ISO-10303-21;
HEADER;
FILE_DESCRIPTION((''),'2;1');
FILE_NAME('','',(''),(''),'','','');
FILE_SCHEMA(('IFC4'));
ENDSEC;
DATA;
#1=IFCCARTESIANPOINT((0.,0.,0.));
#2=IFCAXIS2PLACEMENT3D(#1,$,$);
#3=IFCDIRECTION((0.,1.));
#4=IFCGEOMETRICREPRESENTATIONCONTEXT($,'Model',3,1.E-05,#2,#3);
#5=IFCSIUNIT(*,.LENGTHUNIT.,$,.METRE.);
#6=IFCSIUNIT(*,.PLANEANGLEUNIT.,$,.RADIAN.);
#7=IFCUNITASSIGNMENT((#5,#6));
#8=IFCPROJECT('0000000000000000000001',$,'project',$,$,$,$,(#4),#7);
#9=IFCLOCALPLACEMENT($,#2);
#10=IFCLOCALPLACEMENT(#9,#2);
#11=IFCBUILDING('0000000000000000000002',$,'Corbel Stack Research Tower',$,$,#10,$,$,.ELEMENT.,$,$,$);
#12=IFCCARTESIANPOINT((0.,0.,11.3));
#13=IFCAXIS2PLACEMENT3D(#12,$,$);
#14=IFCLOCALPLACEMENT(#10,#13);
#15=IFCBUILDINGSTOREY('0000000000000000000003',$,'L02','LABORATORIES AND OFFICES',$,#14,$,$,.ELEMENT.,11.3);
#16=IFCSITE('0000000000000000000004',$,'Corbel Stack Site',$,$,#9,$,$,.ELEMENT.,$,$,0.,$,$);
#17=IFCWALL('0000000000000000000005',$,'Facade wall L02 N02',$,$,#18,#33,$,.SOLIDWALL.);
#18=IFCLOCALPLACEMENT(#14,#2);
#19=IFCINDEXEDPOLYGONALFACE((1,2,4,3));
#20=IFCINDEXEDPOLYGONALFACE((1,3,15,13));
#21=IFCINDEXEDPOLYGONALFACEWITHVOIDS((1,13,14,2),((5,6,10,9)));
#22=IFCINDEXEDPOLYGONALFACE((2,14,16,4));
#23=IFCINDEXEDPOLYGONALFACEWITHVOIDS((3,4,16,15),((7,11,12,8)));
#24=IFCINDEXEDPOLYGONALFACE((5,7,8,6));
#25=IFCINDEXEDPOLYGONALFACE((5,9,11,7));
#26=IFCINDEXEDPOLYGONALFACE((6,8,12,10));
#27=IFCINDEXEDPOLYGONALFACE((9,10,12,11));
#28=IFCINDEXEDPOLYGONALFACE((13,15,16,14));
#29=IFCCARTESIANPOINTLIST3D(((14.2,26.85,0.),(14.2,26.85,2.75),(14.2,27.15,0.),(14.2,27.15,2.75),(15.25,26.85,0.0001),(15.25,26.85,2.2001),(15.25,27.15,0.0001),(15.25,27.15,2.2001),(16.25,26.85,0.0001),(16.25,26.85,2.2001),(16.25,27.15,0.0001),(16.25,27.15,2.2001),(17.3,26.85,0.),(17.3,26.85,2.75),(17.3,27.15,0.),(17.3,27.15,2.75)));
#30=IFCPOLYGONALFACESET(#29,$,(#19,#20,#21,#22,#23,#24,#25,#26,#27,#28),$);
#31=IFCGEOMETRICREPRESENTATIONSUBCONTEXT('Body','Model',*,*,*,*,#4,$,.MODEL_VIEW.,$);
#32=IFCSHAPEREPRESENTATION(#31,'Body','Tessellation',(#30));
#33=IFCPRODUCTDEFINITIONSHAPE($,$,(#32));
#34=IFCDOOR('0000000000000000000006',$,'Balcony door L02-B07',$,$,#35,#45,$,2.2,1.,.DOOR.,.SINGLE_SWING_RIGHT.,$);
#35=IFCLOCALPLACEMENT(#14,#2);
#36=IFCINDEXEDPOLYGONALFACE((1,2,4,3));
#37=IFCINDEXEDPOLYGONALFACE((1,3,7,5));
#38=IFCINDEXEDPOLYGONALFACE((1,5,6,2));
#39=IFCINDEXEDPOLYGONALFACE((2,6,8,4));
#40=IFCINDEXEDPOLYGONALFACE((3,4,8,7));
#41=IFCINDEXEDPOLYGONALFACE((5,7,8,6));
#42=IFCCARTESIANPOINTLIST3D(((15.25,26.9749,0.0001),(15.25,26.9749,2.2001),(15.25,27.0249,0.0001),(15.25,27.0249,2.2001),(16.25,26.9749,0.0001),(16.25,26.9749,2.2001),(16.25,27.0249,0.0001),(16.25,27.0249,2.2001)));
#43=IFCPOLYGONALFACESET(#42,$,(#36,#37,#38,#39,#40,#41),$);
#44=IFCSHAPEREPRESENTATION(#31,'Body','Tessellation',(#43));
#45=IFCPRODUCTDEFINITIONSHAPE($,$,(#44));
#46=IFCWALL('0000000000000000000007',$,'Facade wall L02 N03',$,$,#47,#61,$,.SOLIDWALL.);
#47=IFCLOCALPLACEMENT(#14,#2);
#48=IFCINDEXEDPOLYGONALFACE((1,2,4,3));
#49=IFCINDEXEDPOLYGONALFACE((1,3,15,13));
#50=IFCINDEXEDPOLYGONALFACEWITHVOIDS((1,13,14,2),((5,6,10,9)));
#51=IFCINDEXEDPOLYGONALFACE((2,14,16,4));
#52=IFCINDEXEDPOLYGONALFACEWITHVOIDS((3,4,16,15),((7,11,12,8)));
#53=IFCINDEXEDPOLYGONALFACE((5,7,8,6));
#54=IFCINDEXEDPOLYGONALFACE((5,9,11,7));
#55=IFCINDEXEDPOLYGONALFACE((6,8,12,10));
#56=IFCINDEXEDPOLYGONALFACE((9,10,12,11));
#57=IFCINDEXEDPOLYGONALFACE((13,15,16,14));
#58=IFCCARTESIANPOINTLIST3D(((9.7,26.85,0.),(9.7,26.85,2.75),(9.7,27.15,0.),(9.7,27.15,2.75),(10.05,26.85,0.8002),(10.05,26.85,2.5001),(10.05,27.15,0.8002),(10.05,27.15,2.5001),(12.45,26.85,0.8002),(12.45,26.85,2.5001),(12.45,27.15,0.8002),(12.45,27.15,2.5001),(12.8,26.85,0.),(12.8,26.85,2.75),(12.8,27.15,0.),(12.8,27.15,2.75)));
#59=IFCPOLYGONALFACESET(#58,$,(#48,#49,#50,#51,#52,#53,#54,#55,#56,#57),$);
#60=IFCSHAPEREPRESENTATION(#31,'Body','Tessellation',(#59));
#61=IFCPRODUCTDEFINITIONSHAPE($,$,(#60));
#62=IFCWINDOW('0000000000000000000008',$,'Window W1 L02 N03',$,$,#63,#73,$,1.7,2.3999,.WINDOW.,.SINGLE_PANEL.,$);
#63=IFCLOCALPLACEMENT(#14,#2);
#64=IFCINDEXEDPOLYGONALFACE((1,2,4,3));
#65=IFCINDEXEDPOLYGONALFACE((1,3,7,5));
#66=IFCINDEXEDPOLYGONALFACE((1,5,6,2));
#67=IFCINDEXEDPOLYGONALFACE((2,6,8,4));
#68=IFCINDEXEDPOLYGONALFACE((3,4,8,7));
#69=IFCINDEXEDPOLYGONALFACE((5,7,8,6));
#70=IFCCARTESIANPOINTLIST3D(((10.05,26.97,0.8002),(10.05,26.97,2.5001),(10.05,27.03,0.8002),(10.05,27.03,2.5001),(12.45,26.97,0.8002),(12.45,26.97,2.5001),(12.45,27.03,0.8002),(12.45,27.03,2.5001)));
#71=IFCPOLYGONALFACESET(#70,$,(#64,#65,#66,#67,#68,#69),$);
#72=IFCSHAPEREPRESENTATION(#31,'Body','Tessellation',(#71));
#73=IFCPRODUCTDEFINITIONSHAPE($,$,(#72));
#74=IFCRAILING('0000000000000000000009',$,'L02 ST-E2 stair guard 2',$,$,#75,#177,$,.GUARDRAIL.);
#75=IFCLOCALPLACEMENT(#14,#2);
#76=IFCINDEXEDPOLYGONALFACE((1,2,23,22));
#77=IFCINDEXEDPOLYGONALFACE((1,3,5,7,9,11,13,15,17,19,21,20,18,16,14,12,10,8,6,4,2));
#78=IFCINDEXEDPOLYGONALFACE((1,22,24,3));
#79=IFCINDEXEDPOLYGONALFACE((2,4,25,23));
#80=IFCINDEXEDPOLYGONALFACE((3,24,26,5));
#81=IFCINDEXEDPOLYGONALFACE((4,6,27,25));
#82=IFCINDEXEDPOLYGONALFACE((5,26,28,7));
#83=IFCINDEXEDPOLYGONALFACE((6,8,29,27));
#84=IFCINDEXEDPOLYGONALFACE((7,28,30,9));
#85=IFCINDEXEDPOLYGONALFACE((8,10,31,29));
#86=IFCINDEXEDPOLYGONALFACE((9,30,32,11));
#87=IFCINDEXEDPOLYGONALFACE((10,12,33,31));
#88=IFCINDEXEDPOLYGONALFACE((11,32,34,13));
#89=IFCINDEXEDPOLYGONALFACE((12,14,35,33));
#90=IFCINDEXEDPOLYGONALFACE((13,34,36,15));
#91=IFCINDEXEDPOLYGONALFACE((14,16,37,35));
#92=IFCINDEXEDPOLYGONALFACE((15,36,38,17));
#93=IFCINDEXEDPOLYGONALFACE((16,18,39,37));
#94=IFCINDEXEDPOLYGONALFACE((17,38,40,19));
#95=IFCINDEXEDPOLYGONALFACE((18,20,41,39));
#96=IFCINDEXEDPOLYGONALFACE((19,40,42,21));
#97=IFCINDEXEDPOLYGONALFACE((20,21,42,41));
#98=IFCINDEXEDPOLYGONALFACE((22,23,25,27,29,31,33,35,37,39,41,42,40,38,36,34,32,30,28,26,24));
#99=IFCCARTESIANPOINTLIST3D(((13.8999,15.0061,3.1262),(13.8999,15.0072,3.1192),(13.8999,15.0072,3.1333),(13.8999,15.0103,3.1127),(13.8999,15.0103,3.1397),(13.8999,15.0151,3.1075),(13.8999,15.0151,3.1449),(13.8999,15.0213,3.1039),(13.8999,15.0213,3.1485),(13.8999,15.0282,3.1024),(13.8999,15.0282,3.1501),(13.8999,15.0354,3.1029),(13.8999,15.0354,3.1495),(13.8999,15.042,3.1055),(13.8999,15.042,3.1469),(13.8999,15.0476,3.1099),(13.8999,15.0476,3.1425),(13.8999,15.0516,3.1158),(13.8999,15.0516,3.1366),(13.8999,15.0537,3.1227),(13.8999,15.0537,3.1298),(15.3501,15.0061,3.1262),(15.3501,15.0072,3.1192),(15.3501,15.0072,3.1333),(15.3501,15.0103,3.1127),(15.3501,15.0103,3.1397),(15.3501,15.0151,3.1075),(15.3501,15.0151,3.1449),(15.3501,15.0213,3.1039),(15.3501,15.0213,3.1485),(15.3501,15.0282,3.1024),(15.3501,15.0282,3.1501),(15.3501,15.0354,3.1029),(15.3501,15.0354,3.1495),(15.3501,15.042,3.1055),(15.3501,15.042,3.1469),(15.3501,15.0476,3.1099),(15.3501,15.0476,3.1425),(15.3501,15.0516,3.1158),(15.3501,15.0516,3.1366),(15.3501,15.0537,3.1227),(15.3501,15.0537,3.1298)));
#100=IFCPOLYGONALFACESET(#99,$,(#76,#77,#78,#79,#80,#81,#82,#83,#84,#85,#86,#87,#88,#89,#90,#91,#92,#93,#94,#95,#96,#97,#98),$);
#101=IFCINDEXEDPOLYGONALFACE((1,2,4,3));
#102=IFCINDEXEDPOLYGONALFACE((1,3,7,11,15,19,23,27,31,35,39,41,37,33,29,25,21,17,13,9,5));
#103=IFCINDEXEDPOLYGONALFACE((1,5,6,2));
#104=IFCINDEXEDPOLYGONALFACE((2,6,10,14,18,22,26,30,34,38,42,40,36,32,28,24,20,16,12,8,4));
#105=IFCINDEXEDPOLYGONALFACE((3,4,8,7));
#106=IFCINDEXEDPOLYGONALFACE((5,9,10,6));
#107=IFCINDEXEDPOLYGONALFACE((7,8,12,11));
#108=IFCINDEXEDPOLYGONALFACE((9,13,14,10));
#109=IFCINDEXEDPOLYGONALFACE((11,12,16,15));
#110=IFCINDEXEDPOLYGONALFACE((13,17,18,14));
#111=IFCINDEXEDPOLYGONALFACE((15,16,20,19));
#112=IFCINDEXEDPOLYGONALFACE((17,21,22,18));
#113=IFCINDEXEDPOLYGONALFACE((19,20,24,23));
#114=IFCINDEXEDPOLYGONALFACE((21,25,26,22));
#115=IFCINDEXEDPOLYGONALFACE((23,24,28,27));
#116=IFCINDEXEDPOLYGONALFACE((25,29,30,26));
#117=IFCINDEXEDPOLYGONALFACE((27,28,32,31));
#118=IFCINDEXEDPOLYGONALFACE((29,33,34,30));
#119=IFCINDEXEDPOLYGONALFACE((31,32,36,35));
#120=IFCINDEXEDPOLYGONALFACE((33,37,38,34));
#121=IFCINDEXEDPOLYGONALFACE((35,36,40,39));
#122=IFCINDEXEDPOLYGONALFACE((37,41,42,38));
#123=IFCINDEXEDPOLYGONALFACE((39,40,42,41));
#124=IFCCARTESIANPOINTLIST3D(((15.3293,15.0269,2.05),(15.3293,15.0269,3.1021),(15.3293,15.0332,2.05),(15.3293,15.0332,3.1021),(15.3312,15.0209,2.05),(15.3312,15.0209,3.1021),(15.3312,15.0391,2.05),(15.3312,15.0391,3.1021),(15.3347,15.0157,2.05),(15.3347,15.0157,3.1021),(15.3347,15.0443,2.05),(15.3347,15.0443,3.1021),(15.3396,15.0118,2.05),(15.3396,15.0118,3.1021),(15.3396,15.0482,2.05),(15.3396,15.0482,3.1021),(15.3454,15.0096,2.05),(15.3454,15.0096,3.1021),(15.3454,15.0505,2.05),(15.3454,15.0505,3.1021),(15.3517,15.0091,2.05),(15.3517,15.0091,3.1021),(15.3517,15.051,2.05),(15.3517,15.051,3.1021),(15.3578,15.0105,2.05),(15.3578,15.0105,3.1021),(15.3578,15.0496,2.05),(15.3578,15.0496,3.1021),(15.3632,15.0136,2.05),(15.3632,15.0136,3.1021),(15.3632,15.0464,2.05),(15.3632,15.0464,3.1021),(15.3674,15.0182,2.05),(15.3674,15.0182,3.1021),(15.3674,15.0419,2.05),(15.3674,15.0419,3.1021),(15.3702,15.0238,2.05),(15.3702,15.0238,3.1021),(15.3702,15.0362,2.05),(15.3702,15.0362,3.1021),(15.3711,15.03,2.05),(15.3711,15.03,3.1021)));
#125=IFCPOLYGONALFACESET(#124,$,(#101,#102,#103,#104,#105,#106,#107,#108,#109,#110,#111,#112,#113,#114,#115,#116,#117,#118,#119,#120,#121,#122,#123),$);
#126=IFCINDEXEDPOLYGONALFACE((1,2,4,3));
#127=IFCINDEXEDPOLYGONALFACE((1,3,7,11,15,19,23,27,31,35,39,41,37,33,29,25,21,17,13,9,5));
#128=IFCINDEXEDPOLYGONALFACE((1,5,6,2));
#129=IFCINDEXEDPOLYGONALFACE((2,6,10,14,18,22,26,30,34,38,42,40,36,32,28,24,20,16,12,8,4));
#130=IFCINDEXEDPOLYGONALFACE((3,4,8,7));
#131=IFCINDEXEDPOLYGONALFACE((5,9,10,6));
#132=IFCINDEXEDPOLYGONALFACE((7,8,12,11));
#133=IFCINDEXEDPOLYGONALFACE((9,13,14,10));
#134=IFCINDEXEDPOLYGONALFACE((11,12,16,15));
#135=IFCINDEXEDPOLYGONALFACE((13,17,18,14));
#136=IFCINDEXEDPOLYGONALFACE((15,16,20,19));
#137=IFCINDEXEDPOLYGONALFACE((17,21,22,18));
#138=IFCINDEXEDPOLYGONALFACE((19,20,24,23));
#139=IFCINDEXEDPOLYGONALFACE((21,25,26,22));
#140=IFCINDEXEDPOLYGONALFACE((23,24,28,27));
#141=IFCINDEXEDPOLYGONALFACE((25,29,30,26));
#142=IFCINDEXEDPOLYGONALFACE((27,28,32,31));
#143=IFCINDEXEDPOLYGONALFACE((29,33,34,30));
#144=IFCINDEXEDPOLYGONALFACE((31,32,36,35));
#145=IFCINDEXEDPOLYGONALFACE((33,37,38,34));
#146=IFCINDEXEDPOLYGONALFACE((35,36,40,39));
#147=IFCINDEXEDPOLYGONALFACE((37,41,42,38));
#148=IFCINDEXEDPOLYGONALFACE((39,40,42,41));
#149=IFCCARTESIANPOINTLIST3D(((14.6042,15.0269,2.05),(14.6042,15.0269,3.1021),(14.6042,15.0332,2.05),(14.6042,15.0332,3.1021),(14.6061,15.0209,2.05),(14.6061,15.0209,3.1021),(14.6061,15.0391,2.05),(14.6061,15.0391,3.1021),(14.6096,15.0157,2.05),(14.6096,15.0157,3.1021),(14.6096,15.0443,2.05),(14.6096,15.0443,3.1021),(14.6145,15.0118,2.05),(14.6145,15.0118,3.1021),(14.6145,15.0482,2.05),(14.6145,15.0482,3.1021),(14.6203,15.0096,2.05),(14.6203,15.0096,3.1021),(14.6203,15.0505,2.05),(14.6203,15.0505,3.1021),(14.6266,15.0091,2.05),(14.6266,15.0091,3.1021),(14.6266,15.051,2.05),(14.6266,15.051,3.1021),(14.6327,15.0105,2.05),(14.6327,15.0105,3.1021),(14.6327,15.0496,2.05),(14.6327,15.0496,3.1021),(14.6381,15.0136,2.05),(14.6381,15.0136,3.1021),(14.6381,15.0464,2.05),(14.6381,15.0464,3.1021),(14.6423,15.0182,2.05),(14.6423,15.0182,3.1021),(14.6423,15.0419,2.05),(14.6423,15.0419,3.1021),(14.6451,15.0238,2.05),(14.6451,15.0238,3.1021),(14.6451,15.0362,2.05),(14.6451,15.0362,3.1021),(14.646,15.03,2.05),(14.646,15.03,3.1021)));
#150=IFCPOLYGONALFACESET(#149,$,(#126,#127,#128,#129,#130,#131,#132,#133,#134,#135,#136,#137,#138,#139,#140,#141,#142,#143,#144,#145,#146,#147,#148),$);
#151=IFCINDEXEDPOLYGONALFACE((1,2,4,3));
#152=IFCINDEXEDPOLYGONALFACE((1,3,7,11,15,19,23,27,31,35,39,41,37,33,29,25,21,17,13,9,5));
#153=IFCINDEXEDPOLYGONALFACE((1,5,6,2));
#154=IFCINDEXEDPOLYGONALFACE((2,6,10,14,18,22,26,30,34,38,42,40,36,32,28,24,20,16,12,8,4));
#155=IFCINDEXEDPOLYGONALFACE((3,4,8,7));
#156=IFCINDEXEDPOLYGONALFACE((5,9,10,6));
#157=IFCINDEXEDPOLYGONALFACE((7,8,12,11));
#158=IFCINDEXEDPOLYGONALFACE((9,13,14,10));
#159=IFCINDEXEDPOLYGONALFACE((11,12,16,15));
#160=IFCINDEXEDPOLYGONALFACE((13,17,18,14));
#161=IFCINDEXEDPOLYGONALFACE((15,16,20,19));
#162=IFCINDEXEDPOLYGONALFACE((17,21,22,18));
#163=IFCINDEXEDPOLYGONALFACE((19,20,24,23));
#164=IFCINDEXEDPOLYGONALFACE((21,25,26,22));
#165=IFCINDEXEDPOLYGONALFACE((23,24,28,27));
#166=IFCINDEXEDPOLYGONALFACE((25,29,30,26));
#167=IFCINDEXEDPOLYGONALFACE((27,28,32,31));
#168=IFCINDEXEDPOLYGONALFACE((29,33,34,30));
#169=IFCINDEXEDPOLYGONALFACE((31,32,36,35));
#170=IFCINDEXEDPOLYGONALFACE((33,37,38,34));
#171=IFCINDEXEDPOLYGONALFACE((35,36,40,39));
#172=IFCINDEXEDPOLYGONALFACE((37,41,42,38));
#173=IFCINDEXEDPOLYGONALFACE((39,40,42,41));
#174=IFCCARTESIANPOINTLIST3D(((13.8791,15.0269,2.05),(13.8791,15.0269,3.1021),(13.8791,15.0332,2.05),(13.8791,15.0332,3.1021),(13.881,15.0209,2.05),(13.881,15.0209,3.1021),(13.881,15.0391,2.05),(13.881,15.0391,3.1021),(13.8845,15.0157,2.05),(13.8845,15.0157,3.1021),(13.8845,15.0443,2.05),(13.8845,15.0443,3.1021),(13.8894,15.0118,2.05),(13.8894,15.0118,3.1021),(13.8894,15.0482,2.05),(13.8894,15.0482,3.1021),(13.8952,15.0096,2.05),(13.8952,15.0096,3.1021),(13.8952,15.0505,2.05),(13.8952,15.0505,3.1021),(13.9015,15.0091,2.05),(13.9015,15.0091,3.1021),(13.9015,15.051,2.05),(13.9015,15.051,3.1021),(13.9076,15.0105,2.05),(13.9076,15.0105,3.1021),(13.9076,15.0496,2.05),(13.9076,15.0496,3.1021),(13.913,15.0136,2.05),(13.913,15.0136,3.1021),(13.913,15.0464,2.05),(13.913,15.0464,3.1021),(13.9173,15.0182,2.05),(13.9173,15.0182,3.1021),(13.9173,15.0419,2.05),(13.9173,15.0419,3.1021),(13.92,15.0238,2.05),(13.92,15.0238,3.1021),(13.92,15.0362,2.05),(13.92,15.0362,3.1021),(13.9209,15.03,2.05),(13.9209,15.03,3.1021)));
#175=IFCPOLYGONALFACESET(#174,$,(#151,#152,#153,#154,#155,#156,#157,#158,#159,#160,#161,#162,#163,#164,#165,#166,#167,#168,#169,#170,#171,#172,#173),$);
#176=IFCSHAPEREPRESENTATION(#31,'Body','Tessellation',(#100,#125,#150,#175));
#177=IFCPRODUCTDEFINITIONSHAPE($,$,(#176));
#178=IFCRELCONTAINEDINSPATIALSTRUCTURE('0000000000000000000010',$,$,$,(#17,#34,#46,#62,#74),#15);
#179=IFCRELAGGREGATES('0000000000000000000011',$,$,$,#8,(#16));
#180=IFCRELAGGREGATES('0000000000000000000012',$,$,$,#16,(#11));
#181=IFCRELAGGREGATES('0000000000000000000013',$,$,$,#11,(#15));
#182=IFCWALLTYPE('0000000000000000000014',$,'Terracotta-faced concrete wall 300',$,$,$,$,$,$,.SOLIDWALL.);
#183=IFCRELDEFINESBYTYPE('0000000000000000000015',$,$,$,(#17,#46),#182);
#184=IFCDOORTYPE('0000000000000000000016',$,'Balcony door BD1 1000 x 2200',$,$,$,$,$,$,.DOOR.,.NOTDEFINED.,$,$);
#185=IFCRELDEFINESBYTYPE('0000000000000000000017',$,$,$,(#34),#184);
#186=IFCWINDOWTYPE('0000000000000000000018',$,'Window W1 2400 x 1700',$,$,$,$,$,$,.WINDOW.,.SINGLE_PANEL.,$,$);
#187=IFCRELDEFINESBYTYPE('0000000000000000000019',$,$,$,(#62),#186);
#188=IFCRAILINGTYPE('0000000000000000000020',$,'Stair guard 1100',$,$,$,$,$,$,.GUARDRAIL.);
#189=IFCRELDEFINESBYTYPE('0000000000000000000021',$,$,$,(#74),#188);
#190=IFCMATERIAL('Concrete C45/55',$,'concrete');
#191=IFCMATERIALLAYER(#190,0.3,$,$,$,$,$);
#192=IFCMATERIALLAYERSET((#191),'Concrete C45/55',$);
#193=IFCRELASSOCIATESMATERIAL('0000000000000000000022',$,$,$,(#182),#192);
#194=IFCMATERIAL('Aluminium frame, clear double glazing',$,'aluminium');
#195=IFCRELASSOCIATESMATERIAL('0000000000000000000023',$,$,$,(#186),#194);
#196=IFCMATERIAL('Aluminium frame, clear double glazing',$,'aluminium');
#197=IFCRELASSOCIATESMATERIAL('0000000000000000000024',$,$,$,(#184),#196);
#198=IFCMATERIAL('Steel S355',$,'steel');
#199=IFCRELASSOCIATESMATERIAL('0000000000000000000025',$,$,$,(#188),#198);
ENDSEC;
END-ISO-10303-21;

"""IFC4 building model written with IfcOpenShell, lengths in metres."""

from ifc_helpers import new_model, si_unit, direction, frame, frame_2d, origin, origin_2d, place, context, subcontext, project, spatial, rectangle, circle, extrude, material, layer, layer_set, type_object, element, fill, save


model = new_model("IFC4")

# Units and contexts
model_context = context("Model", 3, precision=1e-05, world=origin(), true_north=direction((0.0, 1.0)))
body_context = subcontext(model_context, "Body", "Model", "MODEL_VIEW")
ifc_project = project(units=[si_unit("LENGTHUNIT", "METRE"), si_unit("PLANEANGLEUNIT", "RADIAN")], contexts=[model_context])

# Site, building, storey
site_placement = place(None, origin())
site = spatial("IfcSite", under=ifc_project, at=site_placement, Name="Corbel Stack Site", CompositionType="ELEMENT", RefElevation=0.0)
building_placement = place(site_placement, origin())
building = spatial("IfcBuilding", under=site, at=building_placement, Name="Corbel Stack Research Tower", CompositionType="ELEMENT")
storey_placement = place(building_placement, frame((0.0, 0.0, 11.3)))
storey = spatial("IfcBuildingStorey", under=building, at=storey_placement, Name="L02", Description="LABORATORIES AND OFFICES", CompositionType="ELEMENT", Elevation=11.3)

# Shared definitions
ifc_material_1 = material(Name="Concrete C45/55", Category="concrete")
ifc_layer_1 = layer(ifc_material_1, 0.3)
ifc_layer_set_1 = layer_set([ifc_layer_1], Name="Concrete C45/55")
wall_type_1 = type_object("IfcWallType", Name="Terracotta-faced concrete wall 300", PredefinedType="SOLIDWALL", material=ifc_layer_set_1)

# Shared definitions
ifc_material_2 = material(Name="Aluminium frame, clear double glazing", Category="aluminium")
window_type = type_object("IfcWindowType", Name="Window W1 2400 x 1700", PartitioningType="SINGLE_PANEL", PredefinedType="WINDOW", material=ifc_material_2)

# Wall, opening, door
wall_1_placement = place(storey_placement, frame((14.2, 27.0, 0.0), z_axis=(0.0, 0.0, 1.0), x_axis=(1.0, 0.0, 0.0)))
wall_1 = element("IfcWall", 1, at=wall_1_placement, inside=storey, type_object=wall_type_1, Name="Facade wall L02 N02", PredefinedType="SOLIDWALL", context=body_context, shape_type="SweptSolid", body=[
    extrude(rectangle(XDim=3.1001, YDim=0.3, at=frame_2d((1.55, 0.0))), origin(), (0.0, 0.0, 1.0), 2.75),
])
opening_1_placement = place(wall_1_placement, frame((1.05, 0.0, 0.0)))
opening_1 = element("IfcOpeningElement", 2, at=opening_1_placement, cuts=wall_1, PredefinedType="OPENING", context=body_context, shape_type="SweptSolid", body=[
    extrude(rectangle(XDim=1.0, YDim=2.2, at=frame_2d((0.5, 1.1001))), frame((0.0, 0.1599, 0.0), z_axis=(0.0, -1.0, 0.0), x_axis=(1.0, 0.0, 0.0)), (0.0, 0.0, 1.0), 0.3201),
])
ifc_material_3 = material(Name="Aluminium frame, clear double glazing", Category="aluminium")
door_type_1 = type_object("IfcDoorType", Name="Balcony door BD1 1000 x 2200", OperationType="NOTDEFINED", PredefinedType="DOOR", material=ifc_material_3)
door_1_placement = place(opening_1_placement, origin())
door_1 = element("IfcDoor", 3, at=door_1_placement, inside=storey, type_object=door_type_1, Name="Balcony door L02-B07", OperationType="SINGLE_SWING_RIGHT", OverallHeight=2.2, OverallWidth=1.0, PredefinedType="DOOR", context=body_context, shape_type="SweptSolid", body=[
    extrude(rectangle(XDim=1.0, YDim=2.2, at=frame_2d((0.5, 1.1001))), frame((0.0, 0.0249, 0.0), z_axis=(0.0, -1.0, 0.0), x_axis=(1.0, 0.0, 0.0)), (0.0, 0.0, 1.0), 0.05),
])
fill(opening_1, door_1)

# Wall, opening, window
wall_2_placement = place(storey_placement, frame((9.7, 27.0, 0.0), z_axis=(0.0, 0.0, 1.0), x_axis=(1.0, 0.0, 0.0)))
wall_2 = element("IfcWall", 4, at=wall_2_placement, inside=storey, type_object=wall_type_1, Name="Facade wall L02 N03", PredefinedType="SOLIDWALL", context=body_context, shape_type="SweptSolid", body=[
    extrude(rectangle(XDim=3.1001, YDim=0.3, at=frame_2d((1.55, 0.0))), origin(), (0.0, 0.0, 1.0), 2.75),
])
opening_2_placement = place(wall_2_placement, frame((0.3501, 0.0, 0.8)))
opening_2 = element("IfcOpeningElement", 5, at=opening_2_placement, cuts=wall_2, PredefinedType="OPENING", context=body_context, shape_type="SweptSolid", body=[
    extrude(rectangle(XDim=2.3999, YDim=1.7, at=frame_2d((1.2, 0.8501))), frame((0.0, 0.1599, 0.0), z_axis=(0.0, -1.0, 0.0), x_axis=(1.0, 0.0, 0.0)), (0.0, 0.0, 1.0), 0.3201),
])
window_1_placement = place(opening_2_placement, origin())
window_1 = element("IfcWindow", 6, at=window_1_placement, inside=storey, type_object=window_type, Name="Window W1 L02 N03", OverallHeight=1.7, OverallWidth=2.3999, PartitioningType="SINGLE_PANEL", PredefinedType="WINDOW", context=body_context, shape_type="SweptSolid", body=[
    extrude(rectangle(XDim=2.3999, YDim=1.7, at=frame_2d((1.2, 0.8501))), frame((0.0, 0.03, 0.0), z_axis=(0.0, -1.0, 0.0), x_axis=(1.0, 0.0, 0.0)), (0.0, 0.0, 1.0), 0.0601),
])
fill(opening_2, window_1)

# Railing
ifc_material_4 = material(Name="Steel S355", Category="steel")
railing_type_1 = type_object("IfcRailingType", Name="Stair guard 1100", PredefinedType="GUARDRAIL", material=ifc_material_4)
railing_1_placement = place(storey_placement, frame((15.3501, 15.03, 2.05)))
element("IfcRailing", 7, at=railing_1_placement, inside=storey, type_object=railing_type_1, Name="L02 ST-E2 stair guard 2", PredefinedType="GUARDRAIL", context=body_context, shape_type="SweptSolid", body=[
    extrude(circle(Radius=0.0239, at=origin_2d()), frame((0.0, 0.0, 1.0762), z_axis=(-1.0, 0.0, 0.0), x_axis=(0.0, -1.0, 0.0)), (0.0, 0.0, 1.0), 1.4502),
    extrude(circle(Radius=0.021, at=origin_2d()), origin(), (0.0, 0.0, 1.0), 1.052),
    extrude(circle(Radius=0.021, at=origin_2d()), frame((-0.7251, 0.0, 0.0)), (0.0, 0.0, 1.0), 1.052),
    extrude(circle(Radius=0.021, at=origin_2d()), frame((-1.4502, 0.0, 0.0)), (0.0, 0.0, 1.0), 1.052),
])

save(model, "model.ifc")
